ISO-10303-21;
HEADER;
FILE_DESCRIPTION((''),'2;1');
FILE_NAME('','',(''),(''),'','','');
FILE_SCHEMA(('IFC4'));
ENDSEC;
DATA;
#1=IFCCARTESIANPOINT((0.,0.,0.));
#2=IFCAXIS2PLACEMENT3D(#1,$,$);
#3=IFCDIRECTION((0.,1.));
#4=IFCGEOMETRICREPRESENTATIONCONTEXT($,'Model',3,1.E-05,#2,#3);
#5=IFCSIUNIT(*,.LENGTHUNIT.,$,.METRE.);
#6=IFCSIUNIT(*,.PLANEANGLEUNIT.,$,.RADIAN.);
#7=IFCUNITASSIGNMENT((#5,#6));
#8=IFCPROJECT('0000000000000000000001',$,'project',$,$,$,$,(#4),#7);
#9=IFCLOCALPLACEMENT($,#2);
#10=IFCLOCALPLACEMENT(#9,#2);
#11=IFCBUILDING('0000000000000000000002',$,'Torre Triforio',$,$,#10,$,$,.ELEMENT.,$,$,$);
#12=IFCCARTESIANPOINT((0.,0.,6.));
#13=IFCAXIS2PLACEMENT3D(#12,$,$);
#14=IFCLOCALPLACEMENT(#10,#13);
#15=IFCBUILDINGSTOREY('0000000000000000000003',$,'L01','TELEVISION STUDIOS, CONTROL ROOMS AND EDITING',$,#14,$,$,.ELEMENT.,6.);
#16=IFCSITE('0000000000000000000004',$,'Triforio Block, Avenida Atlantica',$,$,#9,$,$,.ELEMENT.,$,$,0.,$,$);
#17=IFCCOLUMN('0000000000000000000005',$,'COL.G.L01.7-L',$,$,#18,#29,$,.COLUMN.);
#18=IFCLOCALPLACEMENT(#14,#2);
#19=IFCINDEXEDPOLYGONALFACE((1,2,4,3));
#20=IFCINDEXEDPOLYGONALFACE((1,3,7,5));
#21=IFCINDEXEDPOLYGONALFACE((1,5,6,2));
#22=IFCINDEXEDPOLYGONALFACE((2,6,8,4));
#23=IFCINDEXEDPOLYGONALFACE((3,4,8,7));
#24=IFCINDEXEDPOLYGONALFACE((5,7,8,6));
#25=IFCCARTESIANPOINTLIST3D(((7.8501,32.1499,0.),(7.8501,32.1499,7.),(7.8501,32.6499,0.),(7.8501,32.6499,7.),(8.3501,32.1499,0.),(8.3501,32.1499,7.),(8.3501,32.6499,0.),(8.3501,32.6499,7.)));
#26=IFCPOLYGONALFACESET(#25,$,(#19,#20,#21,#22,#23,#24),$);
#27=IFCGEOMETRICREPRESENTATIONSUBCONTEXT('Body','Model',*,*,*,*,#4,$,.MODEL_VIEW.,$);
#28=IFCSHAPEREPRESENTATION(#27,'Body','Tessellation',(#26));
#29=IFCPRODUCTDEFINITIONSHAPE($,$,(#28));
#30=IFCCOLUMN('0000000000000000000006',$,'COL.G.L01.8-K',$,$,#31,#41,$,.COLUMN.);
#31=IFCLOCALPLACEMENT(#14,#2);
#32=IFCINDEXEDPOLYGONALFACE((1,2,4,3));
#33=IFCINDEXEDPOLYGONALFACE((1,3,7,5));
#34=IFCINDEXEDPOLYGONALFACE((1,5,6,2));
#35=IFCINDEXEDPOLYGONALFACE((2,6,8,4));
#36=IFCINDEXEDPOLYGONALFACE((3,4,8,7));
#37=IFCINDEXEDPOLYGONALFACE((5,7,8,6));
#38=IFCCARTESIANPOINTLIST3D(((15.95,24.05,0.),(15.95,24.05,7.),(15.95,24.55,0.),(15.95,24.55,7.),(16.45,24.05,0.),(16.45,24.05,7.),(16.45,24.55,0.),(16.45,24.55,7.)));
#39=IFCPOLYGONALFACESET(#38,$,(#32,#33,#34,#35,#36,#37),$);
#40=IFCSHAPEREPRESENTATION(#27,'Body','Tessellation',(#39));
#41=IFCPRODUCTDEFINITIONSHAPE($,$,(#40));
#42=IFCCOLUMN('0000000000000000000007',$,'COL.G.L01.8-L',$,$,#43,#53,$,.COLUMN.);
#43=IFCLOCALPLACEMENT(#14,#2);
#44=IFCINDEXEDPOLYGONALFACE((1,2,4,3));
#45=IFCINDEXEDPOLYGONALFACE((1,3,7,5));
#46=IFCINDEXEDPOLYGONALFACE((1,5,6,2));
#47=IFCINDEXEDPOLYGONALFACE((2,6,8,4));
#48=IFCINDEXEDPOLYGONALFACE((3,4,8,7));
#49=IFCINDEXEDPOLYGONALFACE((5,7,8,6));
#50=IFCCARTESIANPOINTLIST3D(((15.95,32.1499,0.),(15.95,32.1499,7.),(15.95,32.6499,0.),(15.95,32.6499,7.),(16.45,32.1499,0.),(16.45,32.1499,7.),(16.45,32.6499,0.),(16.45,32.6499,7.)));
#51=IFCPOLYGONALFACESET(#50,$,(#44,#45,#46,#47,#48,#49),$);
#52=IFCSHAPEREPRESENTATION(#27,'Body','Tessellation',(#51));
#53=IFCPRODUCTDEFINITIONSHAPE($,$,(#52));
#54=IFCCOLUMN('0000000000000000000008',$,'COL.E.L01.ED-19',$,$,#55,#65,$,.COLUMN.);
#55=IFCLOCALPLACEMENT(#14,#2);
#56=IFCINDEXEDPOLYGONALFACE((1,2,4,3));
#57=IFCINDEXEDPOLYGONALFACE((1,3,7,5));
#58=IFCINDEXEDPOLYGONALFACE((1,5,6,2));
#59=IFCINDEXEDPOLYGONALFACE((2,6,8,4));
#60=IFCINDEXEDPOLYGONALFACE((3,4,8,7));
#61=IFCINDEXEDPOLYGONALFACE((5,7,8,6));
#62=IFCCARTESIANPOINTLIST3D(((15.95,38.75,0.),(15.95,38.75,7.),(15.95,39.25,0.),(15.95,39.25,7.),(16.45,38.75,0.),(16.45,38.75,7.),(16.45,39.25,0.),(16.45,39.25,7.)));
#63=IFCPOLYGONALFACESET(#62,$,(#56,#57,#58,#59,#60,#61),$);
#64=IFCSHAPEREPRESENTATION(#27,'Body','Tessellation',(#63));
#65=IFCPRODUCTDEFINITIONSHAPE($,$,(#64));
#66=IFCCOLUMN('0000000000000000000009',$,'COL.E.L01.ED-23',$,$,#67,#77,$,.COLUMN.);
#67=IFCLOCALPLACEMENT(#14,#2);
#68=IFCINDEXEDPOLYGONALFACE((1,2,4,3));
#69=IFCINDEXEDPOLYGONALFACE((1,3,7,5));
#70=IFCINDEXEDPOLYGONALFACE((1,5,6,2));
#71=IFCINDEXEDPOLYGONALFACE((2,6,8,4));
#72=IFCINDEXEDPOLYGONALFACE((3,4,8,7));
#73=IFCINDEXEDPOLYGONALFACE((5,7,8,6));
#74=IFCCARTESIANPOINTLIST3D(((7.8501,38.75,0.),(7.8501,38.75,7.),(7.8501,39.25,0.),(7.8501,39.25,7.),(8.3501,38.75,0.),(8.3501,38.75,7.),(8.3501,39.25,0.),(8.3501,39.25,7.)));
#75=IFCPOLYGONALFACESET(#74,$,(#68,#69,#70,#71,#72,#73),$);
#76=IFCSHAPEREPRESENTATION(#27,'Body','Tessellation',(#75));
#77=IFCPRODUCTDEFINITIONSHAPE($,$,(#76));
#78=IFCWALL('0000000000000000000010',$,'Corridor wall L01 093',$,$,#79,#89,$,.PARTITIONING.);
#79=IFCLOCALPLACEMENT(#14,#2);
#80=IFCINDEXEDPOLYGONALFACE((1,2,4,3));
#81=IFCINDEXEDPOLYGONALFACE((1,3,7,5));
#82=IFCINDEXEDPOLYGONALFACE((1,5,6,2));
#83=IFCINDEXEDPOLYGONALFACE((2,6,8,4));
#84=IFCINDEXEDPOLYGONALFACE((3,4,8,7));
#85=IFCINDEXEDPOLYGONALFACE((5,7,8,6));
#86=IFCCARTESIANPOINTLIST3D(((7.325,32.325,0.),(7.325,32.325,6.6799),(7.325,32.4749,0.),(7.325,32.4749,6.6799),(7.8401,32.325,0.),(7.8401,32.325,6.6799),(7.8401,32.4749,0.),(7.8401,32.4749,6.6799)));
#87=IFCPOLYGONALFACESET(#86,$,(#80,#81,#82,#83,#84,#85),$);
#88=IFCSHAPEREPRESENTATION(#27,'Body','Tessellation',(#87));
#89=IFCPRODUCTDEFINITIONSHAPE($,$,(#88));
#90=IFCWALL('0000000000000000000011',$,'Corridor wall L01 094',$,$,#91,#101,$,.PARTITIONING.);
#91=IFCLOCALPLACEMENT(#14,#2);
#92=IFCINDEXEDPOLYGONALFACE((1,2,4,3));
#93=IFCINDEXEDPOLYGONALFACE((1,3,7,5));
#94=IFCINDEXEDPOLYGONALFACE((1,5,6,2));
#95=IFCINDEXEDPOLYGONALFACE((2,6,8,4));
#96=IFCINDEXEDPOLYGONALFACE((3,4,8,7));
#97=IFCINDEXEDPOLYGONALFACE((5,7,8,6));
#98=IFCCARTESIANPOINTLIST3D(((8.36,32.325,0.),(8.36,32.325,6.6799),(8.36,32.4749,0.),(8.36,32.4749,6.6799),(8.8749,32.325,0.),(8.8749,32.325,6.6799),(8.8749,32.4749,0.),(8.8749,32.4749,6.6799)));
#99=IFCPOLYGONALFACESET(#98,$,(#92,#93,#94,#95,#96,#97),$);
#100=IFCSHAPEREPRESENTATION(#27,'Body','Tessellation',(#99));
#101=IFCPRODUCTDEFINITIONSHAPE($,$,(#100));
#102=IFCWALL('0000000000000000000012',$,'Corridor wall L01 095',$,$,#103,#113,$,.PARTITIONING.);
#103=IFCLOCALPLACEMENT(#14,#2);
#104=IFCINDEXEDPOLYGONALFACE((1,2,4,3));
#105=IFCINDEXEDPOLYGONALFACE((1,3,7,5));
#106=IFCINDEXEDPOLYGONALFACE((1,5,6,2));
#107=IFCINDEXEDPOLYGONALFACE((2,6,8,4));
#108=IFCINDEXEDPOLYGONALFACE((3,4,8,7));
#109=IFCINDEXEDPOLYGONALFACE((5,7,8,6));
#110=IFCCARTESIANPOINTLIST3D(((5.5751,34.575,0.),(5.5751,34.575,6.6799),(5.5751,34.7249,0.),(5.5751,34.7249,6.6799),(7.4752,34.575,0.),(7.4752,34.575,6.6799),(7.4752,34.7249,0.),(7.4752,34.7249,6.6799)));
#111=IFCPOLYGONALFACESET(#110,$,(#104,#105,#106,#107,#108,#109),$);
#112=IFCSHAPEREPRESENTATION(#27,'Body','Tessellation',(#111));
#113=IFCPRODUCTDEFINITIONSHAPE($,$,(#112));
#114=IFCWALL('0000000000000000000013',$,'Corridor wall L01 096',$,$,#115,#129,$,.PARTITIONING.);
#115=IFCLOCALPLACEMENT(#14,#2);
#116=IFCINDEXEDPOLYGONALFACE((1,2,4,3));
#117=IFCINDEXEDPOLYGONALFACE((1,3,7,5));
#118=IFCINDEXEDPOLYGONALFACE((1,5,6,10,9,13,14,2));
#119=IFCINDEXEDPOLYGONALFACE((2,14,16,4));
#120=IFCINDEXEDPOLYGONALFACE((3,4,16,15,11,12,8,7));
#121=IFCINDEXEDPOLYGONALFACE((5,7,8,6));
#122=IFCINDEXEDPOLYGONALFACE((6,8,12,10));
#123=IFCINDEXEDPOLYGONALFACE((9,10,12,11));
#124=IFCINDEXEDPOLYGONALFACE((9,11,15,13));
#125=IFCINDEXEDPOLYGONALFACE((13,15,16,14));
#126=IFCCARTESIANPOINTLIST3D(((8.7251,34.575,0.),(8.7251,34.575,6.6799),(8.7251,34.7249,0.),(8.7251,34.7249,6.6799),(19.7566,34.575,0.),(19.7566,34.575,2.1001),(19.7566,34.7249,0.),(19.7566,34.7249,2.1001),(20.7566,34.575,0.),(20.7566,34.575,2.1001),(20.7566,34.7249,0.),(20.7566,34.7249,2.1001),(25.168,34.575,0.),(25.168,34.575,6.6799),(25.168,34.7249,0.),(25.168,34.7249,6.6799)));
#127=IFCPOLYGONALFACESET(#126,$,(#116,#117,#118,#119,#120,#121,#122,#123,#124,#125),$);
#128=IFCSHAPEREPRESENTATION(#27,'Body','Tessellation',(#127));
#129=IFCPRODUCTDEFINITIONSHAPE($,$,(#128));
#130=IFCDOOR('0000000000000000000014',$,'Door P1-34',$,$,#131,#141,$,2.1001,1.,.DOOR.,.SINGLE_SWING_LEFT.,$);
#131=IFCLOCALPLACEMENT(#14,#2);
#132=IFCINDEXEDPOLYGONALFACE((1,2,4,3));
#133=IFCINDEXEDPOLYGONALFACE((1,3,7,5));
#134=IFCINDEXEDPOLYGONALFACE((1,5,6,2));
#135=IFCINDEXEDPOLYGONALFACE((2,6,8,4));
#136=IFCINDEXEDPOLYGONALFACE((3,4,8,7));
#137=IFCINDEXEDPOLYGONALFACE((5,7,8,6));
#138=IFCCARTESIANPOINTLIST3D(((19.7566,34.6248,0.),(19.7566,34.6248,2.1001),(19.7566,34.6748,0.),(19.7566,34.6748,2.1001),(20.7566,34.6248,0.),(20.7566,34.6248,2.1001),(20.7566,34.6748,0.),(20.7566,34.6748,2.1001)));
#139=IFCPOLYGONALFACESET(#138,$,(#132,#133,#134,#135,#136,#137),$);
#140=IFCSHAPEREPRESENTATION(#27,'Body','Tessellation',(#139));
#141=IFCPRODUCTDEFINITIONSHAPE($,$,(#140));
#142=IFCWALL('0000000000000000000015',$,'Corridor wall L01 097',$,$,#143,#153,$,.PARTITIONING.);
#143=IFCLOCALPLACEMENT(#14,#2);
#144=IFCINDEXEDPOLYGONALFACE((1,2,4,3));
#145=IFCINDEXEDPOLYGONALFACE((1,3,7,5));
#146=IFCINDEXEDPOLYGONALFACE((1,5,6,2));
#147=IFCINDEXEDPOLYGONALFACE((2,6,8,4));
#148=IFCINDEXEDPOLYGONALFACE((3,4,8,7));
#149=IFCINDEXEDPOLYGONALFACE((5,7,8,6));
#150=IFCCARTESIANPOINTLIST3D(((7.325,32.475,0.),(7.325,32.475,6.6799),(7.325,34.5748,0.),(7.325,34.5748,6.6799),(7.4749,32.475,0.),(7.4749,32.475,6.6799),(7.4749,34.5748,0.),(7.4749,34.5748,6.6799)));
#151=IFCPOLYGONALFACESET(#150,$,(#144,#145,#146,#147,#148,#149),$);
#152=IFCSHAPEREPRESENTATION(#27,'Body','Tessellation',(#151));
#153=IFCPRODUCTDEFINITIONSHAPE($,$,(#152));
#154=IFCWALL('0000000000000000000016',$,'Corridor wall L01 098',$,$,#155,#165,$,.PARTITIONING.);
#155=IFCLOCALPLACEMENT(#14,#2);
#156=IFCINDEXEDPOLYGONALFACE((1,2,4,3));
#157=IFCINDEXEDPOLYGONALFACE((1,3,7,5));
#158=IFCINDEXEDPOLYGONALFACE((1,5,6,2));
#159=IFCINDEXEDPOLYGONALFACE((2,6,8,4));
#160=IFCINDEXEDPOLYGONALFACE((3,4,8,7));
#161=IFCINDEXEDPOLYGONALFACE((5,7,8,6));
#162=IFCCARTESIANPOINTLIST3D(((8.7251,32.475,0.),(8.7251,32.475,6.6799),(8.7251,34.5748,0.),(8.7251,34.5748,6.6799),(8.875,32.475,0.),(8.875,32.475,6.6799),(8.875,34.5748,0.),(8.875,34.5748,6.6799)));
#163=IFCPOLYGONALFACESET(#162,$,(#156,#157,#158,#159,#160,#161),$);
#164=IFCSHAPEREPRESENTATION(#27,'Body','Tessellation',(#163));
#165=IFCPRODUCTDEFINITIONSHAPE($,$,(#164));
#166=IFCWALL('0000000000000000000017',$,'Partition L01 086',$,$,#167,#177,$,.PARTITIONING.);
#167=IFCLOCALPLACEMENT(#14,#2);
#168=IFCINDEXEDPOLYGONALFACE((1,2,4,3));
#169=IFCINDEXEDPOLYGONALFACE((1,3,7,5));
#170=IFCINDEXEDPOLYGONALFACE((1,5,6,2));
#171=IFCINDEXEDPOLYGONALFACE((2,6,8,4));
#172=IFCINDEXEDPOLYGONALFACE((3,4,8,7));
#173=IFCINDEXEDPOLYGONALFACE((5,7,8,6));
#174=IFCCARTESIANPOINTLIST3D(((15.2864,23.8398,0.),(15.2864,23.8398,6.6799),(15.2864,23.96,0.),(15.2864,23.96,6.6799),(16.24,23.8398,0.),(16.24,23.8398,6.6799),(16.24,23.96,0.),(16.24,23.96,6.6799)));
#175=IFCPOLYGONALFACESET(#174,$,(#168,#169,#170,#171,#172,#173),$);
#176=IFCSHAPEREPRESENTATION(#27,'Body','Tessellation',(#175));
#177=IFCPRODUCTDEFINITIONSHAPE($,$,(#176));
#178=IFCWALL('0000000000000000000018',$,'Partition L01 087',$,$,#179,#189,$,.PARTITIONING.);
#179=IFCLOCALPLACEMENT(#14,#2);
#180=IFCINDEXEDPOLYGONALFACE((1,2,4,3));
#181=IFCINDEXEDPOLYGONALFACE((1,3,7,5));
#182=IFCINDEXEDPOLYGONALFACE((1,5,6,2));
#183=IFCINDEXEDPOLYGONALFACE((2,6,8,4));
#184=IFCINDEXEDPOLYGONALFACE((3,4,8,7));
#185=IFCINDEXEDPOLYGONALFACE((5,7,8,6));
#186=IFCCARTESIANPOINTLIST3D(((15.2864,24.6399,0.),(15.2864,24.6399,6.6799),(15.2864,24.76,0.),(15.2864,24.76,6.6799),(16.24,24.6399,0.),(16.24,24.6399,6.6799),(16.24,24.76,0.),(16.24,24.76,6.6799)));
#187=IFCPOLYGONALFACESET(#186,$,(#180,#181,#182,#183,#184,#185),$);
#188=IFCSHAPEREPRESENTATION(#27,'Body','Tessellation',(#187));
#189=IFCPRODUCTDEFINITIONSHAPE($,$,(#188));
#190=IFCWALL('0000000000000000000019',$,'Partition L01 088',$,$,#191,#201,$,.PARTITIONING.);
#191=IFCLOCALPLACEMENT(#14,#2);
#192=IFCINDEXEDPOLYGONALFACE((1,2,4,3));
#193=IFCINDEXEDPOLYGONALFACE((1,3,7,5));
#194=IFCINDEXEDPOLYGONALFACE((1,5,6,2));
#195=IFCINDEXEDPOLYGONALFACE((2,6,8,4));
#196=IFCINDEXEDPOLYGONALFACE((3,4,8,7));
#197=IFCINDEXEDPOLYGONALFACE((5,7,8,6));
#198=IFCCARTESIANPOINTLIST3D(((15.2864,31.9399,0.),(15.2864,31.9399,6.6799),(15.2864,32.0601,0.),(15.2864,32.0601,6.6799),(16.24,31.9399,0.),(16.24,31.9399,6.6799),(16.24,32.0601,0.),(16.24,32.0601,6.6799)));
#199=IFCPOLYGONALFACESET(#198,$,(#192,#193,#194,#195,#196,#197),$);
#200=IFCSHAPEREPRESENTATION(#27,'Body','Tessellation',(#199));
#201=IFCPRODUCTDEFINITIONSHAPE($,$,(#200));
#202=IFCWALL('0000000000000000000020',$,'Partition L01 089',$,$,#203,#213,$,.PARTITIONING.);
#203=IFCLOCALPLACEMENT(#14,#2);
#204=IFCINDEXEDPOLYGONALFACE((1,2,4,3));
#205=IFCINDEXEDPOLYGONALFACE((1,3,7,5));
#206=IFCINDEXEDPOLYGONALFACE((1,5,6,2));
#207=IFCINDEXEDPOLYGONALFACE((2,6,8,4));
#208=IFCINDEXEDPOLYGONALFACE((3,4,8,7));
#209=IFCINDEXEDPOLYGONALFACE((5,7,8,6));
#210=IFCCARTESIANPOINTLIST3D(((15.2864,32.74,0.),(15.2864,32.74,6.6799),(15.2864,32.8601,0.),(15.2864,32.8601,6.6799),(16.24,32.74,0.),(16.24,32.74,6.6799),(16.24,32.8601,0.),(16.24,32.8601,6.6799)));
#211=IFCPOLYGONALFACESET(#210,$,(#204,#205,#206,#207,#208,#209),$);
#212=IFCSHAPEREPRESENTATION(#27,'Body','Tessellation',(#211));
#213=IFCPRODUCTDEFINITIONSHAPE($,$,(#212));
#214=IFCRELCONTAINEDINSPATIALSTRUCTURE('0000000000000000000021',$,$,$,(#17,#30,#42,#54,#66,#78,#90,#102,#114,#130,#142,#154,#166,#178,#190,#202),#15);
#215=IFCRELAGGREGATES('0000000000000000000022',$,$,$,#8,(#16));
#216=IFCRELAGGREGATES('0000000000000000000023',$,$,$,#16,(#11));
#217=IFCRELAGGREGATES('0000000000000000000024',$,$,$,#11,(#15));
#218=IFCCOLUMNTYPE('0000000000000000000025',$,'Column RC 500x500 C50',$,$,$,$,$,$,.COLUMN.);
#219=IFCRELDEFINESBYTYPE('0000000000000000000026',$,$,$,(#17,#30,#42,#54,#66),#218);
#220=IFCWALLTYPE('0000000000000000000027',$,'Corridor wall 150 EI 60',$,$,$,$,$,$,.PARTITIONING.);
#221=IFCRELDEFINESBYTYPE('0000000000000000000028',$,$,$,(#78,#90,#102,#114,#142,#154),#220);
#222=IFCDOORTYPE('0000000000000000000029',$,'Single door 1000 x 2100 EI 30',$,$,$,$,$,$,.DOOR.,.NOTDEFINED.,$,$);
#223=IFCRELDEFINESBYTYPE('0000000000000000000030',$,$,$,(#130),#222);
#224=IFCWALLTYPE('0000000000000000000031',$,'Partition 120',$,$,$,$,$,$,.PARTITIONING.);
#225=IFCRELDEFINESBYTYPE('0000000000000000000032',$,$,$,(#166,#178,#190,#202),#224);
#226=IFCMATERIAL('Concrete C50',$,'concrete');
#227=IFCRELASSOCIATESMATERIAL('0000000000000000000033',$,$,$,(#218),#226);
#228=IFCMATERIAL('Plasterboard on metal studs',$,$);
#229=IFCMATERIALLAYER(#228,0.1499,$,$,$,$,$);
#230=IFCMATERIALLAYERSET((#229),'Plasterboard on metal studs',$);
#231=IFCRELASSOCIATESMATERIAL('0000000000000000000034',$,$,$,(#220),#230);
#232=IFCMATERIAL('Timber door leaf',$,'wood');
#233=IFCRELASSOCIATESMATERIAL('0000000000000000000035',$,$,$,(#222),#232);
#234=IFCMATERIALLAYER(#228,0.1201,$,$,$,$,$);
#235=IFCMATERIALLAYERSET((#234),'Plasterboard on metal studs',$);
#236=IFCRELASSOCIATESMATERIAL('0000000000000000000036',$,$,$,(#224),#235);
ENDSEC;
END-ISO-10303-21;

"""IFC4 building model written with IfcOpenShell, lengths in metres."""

from ifc_helpers import new_model, si_unit, direction, frame, frame_2d, origin, origin_2d, place, context, subcontext, project, spatial, rectangle, extrude, material, layer, layer_set, material_profile, profile_set, type_object, element, fill, save


model = new_model("IFC4")

# Units and contexts
model_context = context("Model", 3, precision=1e-05, world=origin(), true_north=direction((0.0, 1.0)))
body_context = subcontext(model_context, "Body", "Model", "MODEL_VIEW")
ifc_project = project(units=[si_unit("LENGTHUNIT", "METRE"), si_unit("PLANEANGLEUNIT", "RADIAN")], contexts=[model_context])

# Site, building, storey
site_placement = place(None, origin())
site = spatial("IfcSite", under=ifc_project, at=site_placement, Name="Triforio Block, Avenida Atlantica", CompositionType="ELEMENT", RefElevation=0.0)
building_placement = place(site_placement, origin())
building = spatial("IfcBuilding", under=site, at=building_placement, Name="Torre Triforio", CompositionType="ELEMENT")
storey_placement = place(building_placement, frame((0.0, 0.0, 6.0)))
storey = spatial("IfcBuildingStorey", under=building, at=storey_placement, Name="L01", Description="TELEVISION STUDIOS, CONTROL ROOMS AND EDITING", CompositionType="ELEMENT", Elevation=6.0)

# Columns
ifc_material_1 = material(Name="Concrete C50", Category="concrete")
ifc_material_profile = material_profile(ifc_material_1, rectangle(XDim=0.5, YDim=0.5, at=origin_2d()), Name="RC 500x500")
ifc_profile_set = profile_set([ifc_material_profile], Name="Concrete C50")
column_type = type_object("IfcColumnType", Name="Column RC 500x500 C50", PredefinedType="COLUMN", material=ifc_profile_set)
for number, where, z_axis, x_axis, name in (
    (1, (8.1001, 32.3999, 0.0), (0.0, 0.0, 1.0), (1.0, 0.0, 0.0), "COL.G.L01.7-L"),
    (2, (16.2, 24.3, 0.0), (0.0, 0.0, 1.0), (1.0, 0.0, 0.0), "COL.G.L01.8-K"),
    (3, (16.2, 32.3999, 0.0), (0.0, 0.0, 1.0), (1.0, 0.0, 0.0), "COL.G.L01.8-L"),
    (4, (16.2, 39.0, 0.0), (0.0, 0.0, 1.0), (1.0, 0.0, 0.0), "COL.E.L01.ED-19"),
    (5, (8.1001, 39.0, 0.0), (0.0, 0.0, 1.0), (1.0, 0.0, 0.0), "COL.E.L01.ED-23"),
):
    element("IfcColumn", number, at=place(storey_placement, frame(where, z_axis=z_axis, x_axis=x_axis)), inside=storey, type_object=column_type, Name=name, PredefinedType="COLUMN", context=body_context, shape_type="SweptSolid", body=[
        extrude(rectangle(XDim=0.5, YDim=0.5, at=origin_2d()), origin(), (0.0, 0.0, 1.0), 7.0),
    ])

# Walls
ifc_material_2 = material(Name="Plasterboard on metal studs")
ifc_layer_1 = layer(ifc_material_2, 0.1499)
ifc_layer_set_1 = layer_set([ifc_layer_1], Name="Plasterboard on metal studs")
wall_type_1 = type_object("IfcWallType", Name="Corridor wall 150 EI 60", PredefinedType="PARTITIONING", material=ifc_layer_set_1)
wall_1_placement = place(storey_placement, frame((7.325, 32.3999, 0.0), z_axis=(0.0, 0.0, 1.0), x_axis=(1.0, 0.0, 0.0)))
element("IfcWall", 6, at=wall_1_placement, inside=storey, type_object=wall_type_1, Name="Corridor wall L01 093", PredefinedType="PARTITIONING", context=body_context, shape_type="SweptSolid", body=[
    extrude(rectangle(XDim=0.5151, YDim=0.1499, at=frame_2d((0.2576, 0.0))), origin(), (0.0, 0.0, 1.0), 6.6799),
])
wall_2_placement = place(storey_placement, frame((8.3601, 32.3999, 0.0), z_axis=(0.0, 0.0, 1.0), x_axis=(1.0, 0.0, 0.0)))
element("IfcWall", 7, at=wall_2_placement, inside=storey, type_object=wall_type_1, Name="Corridor wall L01 094", PredefinedType="PARTITIONING", context=body_context, shape_type="SweptSolid", body=[
    extrude(rectangle(XDim=0.5149, YDim=0.1499, at=frame_2d((0.2573, 0.0))), origin(), (0.0, 0.0, 1.0), 6.6799),
])
wall_3_placement = place(storey_placement, frame((5.575, 34.6499, 0.0), z_axis=(0.0, 0.0, 1.0), x_axis=(1.0, 0.0, 0.0)))
element("IfcWall", 8, at=wall_3_placement, inside=storey, type_object=wall_type_1, Name="Corridor wall L01 095", PredefinedType="PARTITIONING", context=body_context, shape_type="SweptSolid", body=[
    extrude(rectangle(XDim=1.9001, YDim=0.1499, at=frame_2d((0.9502, 0.0))), origin(), (0.0, 0.0, 1.0), 6.6799),
])

# Wall, opening, door
wall_4_placement = place(storey_placement, frame((8.7251, 34.6499, 0.0), z_axis=(0.0, 0.0, 1.0), x_axis=(1.0, 0.0, 0.0)))
wall_4 = element("IfcWall", 9, at=wall_4_placement, inside=storey, type_object=wall_type_1, Name="Corridor wall L01 096", PredefinedType="PARTITIONING", context=body_context, shape_type="SweptSolid", body=[
    extrude(rectangle(XDim=16.4429, YDim=0.1499, at=frame_2d((8.2214, 0.0))), origin(), (0.0, 0.0, 1.0), 6.6799),
])
opening_1_placement = place(wall_4_placement, frame((11.0315, 0.0, 0.0)))
opening_1 = element("IfcOpeningElement", 10, at=opening_1_placement, cuts=wall_4, PredefinedType="OPENING", context=body_context, shape_type="SweptSolid", body=[
    extrude(rectangle(XDim=1.0, YDim=2.1001, at=frame_2d((0.5, 1.05))), frame((0.0, 0.085, 0.0), z_axis=(0.0, -1.0, 0.0), x_axis=(1.0, 0.0, 0.0)), (0.0, 0.0, 1.0), 0.1699),
])
ifc_material_3 = material(Name="Timber door leaf", Category="wood")
door_type = type_object("IfcDoorType", Name="Single door 1000 x 2100 EI 30", OperationType="NOTDEFINED", PredefinedType="DOOR", material=ifc_material_3)
door_placement = place(opening_1_placement, origin())
door = element("IfcDoor", 11, at=door_placement, inside=storey, type_object=door_type, Name="Door P1-34", OperationType="SINGLE_SWING_LEFT", OverallHeight=2.1001, OverallWidth=1.0, PredefinedType="DOOR", context=body_context, shape_type="SweptSolid", body=[
    extrude(rectangle(XDim=1.0, YDim=2.1001, at=frame_2d((0.5, 1.05))), frame((0.0, 0.0249, 0.0), z_axis=(0.0, -1.0, 0.0), x_axis=(1.0, 0.0, 0.0)), (0.0, 0.0, 1.0), 0.05),
])
fill(opening_1, door)

# Walls
for number, where, z_axis, x_axis, name in (
    (12, (7.3999, 32.4751, 0.0), (0.0, 0.0, 1.0), (0.0, 1.0, 0.0), "Corridor wall L01 097"),
    (13, (8.8, 32.4751, 0.0), (0.0, 0.0, 1.0), (0.0, 1.0, 0.0), "Corridor wall L01 098"),
):
    element("IfcWall", number, at=place(storey_placement, frame(where, z_axis=z_axis, x_axis=x_axis)), inside=storey, type_object=wall_type_1, Name=name, PredefinedType="PARTITIONING", context=body_context, shape_type="SweptSolid", body=[
        extrude(rectangle(XDim=2.0999, YDim=0.1499, at=frame_2d((1.0498, 0.0))), origin(), (0.0, 0.0, 1.0), 6.6799),
    ])
ifc_layer_2 = layer(ifc_material_2, 0.1201)
ifc_layer_set_2 = layer_set([ifc_layer_2], Name="Plasterboard on metal studs")
wall_type_2 = type_object("IfcWallType", Name="Partition 120", PredefinedType="PARTITIONING", material=ifc_layer_set_2)
for number, where, z_axis, x_axis, name in (
    (14, (15.2864, 23.8999, 0.0), (0.0, 0.0, 1.0), (1.0, 0.0, 0.0), "Partition L01 086"),
    (15, (15.2864, 24.7, 0.0), (0.0, 0.0, 1.0), (1.0, 0.0, 0.0), "Partition L01 087"),
    (16, (15.2864, 32.0, 0.0), (0.0, 0.0, 1.0), (1.0, 0.0, 0.0), "Partition L01 088"),
    (17, (15.2864, 32.8, 0.0), (0.0, 0.0, 1.0), (1.0, 0.0, 0.0), "Partition L01 089"),
):
    element("IfcWall", number, at=place(storey_placement, frame(where, z_axis=z_axis, x_axis=x_axis)), inside=storey, type_object=wall_type_2, Name=name, PredefinedType="PARTITIONING", context=body_context, shape_type="SweptSolid", body=[
        extrude(rectangle(XDim=0.9536, YDim=0.1201, at=frame_2d((0.4768, 0.0))), origin(), (0.0, 0.0, 1.0), 6.6799),
    ])

save(model, "model.ifc")
